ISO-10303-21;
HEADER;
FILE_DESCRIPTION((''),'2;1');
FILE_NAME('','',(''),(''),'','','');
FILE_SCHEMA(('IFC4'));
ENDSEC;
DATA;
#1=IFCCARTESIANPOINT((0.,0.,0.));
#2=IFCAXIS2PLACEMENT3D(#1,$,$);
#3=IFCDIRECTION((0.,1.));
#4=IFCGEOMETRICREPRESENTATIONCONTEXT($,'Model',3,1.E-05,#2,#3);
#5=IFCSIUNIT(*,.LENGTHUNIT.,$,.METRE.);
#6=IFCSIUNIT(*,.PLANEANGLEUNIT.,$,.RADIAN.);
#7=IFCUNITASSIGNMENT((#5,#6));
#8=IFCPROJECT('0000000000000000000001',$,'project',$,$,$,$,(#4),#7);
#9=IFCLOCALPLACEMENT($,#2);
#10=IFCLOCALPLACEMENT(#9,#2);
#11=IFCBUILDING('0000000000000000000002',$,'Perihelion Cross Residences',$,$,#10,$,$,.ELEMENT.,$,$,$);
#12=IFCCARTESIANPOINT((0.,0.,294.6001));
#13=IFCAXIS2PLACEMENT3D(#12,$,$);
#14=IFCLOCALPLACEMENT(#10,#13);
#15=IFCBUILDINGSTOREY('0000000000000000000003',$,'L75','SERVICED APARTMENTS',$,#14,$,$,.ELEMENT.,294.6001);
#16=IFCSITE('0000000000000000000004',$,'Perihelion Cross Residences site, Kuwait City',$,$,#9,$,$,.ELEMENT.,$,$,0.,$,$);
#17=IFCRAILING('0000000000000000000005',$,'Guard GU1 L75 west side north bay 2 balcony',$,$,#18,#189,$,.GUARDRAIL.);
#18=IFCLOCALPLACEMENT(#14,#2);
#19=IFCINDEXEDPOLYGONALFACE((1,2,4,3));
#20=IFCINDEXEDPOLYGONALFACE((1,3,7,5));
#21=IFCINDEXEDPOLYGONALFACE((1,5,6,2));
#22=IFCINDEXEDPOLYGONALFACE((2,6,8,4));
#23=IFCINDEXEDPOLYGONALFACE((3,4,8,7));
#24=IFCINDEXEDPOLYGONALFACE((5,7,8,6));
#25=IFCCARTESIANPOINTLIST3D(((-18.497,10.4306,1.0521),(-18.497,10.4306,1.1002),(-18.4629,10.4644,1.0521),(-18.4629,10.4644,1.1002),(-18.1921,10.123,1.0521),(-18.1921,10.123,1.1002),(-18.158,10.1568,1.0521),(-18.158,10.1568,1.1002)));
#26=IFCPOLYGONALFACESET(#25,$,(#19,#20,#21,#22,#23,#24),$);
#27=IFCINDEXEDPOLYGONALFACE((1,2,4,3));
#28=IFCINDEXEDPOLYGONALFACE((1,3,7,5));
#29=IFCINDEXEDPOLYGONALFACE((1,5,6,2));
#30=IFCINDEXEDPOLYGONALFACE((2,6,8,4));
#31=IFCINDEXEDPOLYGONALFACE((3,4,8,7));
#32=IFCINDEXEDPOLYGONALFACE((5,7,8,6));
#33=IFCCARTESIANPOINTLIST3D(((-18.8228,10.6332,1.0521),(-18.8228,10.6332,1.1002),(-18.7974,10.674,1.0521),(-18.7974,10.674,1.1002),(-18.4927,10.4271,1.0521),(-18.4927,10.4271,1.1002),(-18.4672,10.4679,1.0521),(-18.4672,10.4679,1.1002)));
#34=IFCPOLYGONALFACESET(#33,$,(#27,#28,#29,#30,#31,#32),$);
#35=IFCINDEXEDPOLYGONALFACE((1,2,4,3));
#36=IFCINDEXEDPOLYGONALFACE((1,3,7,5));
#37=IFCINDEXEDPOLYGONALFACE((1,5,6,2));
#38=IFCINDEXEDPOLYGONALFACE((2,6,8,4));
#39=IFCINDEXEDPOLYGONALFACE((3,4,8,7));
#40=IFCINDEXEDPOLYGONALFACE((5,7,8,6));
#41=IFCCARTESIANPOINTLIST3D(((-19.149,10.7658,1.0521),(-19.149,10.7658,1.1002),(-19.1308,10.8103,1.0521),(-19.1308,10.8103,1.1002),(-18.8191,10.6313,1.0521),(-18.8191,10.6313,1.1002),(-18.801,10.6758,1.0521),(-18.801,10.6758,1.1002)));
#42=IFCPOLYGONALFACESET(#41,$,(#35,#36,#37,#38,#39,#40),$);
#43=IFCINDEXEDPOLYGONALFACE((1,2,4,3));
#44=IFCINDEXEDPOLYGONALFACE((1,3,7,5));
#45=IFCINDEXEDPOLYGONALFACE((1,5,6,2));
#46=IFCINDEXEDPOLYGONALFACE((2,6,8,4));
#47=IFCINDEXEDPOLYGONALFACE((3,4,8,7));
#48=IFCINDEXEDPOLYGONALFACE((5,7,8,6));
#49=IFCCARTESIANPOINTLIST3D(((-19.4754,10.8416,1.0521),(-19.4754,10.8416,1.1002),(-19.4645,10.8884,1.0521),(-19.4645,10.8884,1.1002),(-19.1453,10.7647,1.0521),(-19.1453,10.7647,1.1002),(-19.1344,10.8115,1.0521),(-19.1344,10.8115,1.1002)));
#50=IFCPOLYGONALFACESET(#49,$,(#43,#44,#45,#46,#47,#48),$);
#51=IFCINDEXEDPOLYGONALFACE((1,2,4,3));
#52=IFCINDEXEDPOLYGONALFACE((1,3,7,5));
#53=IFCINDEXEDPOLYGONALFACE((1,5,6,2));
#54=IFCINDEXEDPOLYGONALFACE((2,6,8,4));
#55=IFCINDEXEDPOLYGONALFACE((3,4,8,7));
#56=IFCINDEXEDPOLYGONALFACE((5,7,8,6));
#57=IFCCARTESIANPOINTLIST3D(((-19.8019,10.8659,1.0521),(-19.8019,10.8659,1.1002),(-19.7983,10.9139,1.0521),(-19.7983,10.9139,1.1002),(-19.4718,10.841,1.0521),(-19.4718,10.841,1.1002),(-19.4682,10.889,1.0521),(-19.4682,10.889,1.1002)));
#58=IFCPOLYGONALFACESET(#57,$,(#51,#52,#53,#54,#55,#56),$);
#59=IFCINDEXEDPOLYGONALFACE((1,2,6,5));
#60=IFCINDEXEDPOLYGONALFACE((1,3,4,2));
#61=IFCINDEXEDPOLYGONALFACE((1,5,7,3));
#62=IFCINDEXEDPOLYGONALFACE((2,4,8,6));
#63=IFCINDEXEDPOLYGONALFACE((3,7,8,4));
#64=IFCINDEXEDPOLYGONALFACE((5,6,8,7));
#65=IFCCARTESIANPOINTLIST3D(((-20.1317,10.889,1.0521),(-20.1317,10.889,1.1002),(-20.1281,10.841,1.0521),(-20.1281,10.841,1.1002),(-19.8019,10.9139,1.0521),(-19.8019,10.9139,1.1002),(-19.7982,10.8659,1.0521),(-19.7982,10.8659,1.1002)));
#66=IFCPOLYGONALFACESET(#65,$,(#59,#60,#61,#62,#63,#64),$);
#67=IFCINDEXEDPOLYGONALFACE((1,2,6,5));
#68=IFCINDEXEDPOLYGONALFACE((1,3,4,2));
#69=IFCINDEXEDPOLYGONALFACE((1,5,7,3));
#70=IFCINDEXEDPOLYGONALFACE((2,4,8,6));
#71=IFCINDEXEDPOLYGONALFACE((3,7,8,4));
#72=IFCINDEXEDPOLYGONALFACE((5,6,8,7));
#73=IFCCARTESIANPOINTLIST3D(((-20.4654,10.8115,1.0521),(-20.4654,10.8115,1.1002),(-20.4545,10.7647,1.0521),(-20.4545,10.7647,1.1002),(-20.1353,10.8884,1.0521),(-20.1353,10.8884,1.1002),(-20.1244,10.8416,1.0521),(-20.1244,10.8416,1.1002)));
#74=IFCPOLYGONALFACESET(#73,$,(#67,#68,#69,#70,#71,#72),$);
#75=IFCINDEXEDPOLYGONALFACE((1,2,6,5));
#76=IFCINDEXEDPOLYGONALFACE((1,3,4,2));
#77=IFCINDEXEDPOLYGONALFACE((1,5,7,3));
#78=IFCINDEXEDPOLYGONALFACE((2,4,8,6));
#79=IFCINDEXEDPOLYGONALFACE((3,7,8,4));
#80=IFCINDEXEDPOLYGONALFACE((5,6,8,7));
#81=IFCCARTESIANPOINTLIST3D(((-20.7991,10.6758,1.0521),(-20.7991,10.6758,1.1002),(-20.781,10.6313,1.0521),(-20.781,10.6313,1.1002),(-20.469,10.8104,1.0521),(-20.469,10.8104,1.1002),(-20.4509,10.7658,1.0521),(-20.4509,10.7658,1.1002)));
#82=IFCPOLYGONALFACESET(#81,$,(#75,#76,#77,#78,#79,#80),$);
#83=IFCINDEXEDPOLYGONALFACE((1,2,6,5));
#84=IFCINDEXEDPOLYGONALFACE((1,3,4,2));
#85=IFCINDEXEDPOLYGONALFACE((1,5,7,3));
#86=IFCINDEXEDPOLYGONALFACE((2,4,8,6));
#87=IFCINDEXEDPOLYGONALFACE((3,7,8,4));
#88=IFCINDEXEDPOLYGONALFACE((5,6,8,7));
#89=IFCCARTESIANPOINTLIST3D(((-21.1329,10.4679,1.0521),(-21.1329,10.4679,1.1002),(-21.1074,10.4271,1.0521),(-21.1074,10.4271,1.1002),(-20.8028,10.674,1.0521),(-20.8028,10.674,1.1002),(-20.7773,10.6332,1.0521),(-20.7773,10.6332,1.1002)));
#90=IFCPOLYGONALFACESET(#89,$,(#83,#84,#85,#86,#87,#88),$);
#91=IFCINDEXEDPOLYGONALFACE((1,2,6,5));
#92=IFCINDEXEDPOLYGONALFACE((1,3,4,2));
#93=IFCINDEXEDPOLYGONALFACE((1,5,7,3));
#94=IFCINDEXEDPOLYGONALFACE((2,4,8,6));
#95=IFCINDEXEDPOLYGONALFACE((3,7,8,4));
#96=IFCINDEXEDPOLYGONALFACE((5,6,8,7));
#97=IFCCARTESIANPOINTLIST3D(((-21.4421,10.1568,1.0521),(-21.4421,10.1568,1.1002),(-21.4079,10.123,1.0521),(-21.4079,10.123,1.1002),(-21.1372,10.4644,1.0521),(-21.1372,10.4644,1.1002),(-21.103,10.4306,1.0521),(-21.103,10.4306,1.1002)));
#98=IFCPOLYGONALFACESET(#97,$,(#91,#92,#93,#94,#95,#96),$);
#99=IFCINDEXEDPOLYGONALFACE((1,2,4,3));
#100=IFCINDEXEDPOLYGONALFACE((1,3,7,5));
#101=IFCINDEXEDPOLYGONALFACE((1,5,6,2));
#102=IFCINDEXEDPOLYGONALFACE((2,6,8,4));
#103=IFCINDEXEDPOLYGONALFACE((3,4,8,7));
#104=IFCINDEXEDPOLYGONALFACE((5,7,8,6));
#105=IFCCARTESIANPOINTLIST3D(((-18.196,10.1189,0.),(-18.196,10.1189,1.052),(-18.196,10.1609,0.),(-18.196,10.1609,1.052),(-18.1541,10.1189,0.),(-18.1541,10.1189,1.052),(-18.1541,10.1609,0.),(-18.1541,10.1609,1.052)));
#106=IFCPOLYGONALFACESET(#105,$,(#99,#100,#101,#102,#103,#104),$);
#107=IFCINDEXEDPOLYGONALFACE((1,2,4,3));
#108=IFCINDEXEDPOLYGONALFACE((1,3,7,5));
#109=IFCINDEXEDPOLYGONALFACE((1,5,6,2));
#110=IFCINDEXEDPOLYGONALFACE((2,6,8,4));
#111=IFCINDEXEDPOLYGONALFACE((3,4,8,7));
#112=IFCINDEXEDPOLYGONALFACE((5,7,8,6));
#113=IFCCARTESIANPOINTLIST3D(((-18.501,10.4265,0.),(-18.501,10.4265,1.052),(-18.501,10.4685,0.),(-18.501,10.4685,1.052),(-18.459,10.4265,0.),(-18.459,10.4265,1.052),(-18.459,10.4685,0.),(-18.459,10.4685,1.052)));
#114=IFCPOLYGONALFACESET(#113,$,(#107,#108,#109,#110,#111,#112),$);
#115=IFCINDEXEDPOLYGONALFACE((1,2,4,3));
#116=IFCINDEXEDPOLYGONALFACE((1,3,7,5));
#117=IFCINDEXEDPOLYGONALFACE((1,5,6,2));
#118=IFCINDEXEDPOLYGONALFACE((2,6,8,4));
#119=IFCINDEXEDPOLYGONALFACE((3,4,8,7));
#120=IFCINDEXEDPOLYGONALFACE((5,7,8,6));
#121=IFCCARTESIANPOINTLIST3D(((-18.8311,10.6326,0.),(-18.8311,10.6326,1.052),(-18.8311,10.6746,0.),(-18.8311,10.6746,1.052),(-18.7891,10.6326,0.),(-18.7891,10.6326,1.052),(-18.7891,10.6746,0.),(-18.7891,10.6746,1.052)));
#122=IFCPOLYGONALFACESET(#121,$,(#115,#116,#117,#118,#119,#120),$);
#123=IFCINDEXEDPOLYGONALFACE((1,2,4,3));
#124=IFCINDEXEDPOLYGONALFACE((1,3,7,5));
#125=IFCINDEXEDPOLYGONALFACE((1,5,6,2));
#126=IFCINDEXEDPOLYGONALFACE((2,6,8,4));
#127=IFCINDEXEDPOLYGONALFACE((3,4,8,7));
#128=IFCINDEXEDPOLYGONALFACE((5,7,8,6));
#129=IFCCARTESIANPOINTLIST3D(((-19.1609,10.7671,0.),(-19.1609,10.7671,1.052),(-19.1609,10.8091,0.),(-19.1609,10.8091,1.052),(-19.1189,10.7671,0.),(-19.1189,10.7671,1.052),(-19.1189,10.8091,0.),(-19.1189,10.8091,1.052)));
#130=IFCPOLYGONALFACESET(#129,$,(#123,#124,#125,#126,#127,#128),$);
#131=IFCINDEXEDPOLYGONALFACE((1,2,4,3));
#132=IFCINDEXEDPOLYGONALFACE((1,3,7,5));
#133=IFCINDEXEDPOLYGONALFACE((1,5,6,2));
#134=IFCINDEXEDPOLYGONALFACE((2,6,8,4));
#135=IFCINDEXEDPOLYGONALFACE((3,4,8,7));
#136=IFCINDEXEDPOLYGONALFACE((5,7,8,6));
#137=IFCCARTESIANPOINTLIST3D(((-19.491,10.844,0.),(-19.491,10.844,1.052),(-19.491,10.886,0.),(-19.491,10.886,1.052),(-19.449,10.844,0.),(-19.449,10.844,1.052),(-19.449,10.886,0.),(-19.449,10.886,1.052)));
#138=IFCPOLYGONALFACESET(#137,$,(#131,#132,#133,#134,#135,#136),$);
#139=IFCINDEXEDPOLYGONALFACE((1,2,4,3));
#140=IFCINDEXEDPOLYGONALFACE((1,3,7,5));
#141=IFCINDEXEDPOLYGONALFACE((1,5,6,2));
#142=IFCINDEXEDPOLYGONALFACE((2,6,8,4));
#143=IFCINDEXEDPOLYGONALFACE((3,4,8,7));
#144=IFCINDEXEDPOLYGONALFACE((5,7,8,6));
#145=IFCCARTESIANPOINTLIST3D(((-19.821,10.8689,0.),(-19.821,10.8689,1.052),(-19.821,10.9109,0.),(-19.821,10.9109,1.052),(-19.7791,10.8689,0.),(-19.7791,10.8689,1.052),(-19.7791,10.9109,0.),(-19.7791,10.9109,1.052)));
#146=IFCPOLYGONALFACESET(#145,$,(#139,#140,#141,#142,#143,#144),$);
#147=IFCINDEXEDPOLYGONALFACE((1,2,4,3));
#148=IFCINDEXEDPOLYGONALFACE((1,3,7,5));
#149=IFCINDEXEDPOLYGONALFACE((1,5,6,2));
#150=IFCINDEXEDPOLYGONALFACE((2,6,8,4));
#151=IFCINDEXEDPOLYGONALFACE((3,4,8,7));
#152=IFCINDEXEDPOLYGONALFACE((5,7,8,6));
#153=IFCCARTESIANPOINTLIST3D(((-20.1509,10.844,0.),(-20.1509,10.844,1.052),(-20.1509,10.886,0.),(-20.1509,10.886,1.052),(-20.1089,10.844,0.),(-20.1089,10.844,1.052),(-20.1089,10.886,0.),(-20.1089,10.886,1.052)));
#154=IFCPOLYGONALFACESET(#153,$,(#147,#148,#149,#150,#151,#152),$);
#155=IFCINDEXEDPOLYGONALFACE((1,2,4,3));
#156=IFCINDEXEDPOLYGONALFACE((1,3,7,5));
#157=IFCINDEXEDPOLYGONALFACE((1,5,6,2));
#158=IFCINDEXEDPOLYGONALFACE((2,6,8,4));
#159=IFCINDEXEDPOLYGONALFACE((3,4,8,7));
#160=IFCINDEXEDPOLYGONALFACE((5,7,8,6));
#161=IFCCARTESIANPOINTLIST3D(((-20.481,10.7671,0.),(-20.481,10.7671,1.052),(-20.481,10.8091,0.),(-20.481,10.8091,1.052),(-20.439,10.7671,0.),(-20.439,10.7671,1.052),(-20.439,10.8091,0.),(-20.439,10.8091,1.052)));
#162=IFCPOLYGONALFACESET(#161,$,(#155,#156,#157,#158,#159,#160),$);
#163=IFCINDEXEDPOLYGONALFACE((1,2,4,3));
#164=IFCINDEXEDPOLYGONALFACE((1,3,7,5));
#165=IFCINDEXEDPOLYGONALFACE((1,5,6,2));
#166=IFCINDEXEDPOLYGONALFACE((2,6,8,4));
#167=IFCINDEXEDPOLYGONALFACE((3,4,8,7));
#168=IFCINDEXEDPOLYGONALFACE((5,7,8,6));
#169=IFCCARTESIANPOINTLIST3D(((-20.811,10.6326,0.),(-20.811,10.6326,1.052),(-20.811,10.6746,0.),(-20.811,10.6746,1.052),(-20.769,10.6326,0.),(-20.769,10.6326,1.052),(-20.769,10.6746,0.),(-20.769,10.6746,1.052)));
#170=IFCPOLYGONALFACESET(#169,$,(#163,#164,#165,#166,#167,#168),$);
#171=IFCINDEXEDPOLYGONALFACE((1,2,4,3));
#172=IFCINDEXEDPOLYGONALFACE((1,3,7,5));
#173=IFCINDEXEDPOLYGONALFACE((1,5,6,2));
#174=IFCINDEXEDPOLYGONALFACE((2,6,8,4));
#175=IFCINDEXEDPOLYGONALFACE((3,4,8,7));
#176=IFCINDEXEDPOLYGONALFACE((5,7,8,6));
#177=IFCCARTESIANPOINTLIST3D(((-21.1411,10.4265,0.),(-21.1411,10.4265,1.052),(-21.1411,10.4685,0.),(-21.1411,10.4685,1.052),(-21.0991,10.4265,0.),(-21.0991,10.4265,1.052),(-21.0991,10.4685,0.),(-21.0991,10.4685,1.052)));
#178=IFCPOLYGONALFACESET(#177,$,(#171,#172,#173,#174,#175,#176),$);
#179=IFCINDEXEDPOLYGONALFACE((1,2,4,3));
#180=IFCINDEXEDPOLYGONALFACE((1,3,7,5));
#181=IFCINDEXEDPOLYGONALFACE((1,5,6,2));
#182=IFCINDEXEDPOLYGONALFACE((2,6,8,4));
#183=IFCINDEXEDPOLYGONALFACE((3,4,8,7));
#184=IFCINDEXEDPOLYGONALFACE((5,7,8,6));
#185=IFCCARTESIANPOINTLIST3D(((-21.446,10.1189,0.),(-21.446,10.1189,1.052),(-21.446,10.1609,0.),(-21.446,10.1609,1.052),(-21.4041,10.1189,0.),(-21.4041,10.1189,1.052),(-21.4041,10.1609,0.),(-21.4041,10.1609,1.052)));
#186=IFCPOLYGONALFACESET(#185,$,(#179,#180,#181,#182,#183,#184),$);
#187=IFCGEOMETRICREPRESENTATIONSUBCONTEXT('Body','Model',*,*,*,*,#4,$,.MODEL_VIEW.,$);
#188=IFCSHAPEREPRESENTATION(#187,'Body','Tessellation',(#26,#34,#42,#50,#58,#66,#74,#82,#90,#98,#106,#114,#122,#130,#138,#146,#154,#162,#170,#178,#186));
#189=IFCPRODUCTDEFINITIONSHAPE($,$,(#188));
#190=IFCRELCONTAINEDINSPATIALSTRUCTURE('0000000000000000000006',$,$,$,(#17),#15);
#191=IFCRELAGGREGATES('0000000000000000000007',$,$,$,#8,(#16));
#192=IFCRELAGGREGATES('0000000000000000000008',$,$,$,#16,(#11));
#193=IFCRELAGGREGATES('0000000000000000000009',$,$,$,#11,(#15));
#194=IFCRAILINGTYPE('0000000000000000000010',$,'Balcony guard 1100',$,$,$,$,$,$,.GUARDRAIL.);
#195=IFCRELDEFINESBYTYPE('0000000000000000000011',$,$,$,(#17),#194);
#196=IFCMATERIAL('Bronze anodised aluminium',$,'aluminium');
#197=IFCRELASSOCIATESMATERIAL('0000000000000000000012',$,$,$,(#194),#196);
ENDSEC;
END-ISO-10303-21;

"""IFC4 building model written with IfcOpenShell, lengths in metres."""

from ifc_helpers import new_model, si_unit, direction, frame, origin, origin_2d, place, context, subcontext, project, spatial, rectangle, extrude, material, type_object, element, save


model = new_model("IFC4")

# Units and contexts
model_context = context("Model", 3, precision=1e-05, world=origin(), true_north=direction((0.0, 1.0)))
body_context = subcontext(model_context, "Body", "Model", "MODEL_VIEW")
ifc_project = project(units=[si_unit("LENGTHUNIT", "METRE"), si_unit("PLANEANGLEUNIT", "RADIAN")], contexts=[model_context])

# Site, building, storey
site_placement = place(None, origin())
site = spatial("IfcSite", under=ifc_project, at=site_placement, Name="Perihelion Cross Residences site, Kuwait City", CompositionType="ELEMENT", RefElevation=0.0)
building_placement = place(site_placement, origin())
building = spatial("IfcBuilding", under=site, at=building_placement, Name="Perihelion Cross Residences", CompositionType="ELEMENT")
storey_placement = place(building_placement, frame((0.0, 0.0, 294.6001)))
storey = spatial("IfcBuildingStorey", under=building, at=storey_placement, Name="L75", Description="SERVICED APARTMENTS", CompositionType="ELEMENT", Elevation=294.6001)

# Railing
ifc_material_1 = material(Name="Bronze anodised aluminium", Category="aluminium")
railing_type = type_object("IfcRailingType", Name="Balcony guard 1100", PredefinedType="GUARDRAIL", material=ifc_material_1)
railing_placement = place(storey_placement, frame((-18.175, 10.1399, 0.0)))
element("IfcRailing", 1, at=railing_placement, inside=storey, type_object=railing_type, Name="Guard GU1 L75 west side north bay 2 balcony", PredefinedType="GUARDRAIL", context=body_context, shape_type="SweptSolid", body=[
    extrude(rectangle(XDim=0.0481, YDim=0.0481, at=origin_2d()), frame((0.0, 0.0, 1.0762), z_axis=(-0.704, 0.7102, 0.0), x_axis=(-0.7102, -0.704, 0.0)), (0.0, 0.0, 1.0), 0.4331),
    extrude(rectangle(XDim=0.0481, YDim=0.0481, at=origin_2d()), frame((-0.3049, 0.3076, 1.0762), z_axis=(-0.84828, 0.529548, 0.0), x_axis=(-0.529548, -0.84828, 0.0)), (0.0, 0.0, 1.0), 0.3892),
    extrude(rectangle(XDim=0.0481, YDim=0.0481, at=origin_2d()), frame((-0.635, 0.5137, 1.0762), z_axis=(-0.92595, 0.377645, 0.0), x_axis=(-0.377645, -0.92595, 0.0)), (0.0, 0.0, 1.0), 0.3562),
    extrude(rectangle(XDim=0.0481, YDim=0.0481, at=origin_2d()), frame((-0.9648, 0.6482, 1.0762), z_axis=(-0.973916, 0.226911, 0.0), x_axis=(-0.226911, -0.973916, 0.0)), (0.0, 0.0, 1.0), 0.3389),
    extrude(rectangle(XDim=0.0481, YDim=0.0481, at=origin_2d()), frame((-1.2949, 0.7251, 1.0762), z_axis=(-0.997166, 0.07523, 0.0), x_axis=(-0.07523, -0.997166, 0.0)), (0.0, 0.0, 1.0), 0.3311),
    extrude(rectangle(XDim=0.0481, YDim=0.0481, at=origin_2d()), frame((-1.625, 0.75, 1.0762), z_axis=(-0.997162, -0.075285, 0.0), x_axis=(0.075285, -0.997162, 0.0)), (0.0, 0.0, 1.0), 0.3308),
    extrude(rectangle(XDim=0.0481, YDim=0.0481, at=origin_2d()), frame((-1.9548, 0.7251, 1.0762), z_axis=(-0.973916, -0.226911, 0.0), x_axis=(0.226911, -0.973916, 0.0)), (0.0, 0.0, 1.0), 0.3389),
    extrude(rectangle(XDim=0.0481, YDim=0.0481, at=origin_2d()), frame((-2.2849, 0.6482, 1.0762), z_axis=(-0.926048, -0.377406, 0.0), x_axis=(0.377406, -0.926048, 0.0)), (0.0, 0.0, 1.0), 0.3564),
    extrude(rectangle(XDim=0.0481, YDim=0.0481, at=origin_2d()), frame((-2.615, 0.5137, 1.0762), z_axis=(-0.84828, -0.529548, 0.0), x_axis=(0.529548, -0.84828, 0.0)), (0.0, 0.0, 1.0), 0.3892),
    extrude(rectangle(XDim=0.0481, YDim=0.0481, at=origin_2d()), frame((-2.9451, 0.3076, 1.0762), z_axis=(-0.704, -0.7102, 0.0), x_axis=(0.7102, -0.704, 0.0)), (0.0, 0.0, 1.0), 0.4331),
    extrude(rectangle(XDim=0.042, YDim=0.042, at=origin_2d()), origin(), (0.0, 0.0, 1.0), 1.052),
    extrude(rectangle(XDim=0.042, YDim=0.042, at=origin_2d()), frame((-0.3049, 0.3076, 0.0)), (0.0, 0.0, 1.0), 1.052),
    extrude(rectangle(XDim=0.042, YDim=0.042, at=origin_2d()), frame((-0.635, 0.5137, 0.0)), (0.0, 0.0, 1.0), 1.052),
    extrude(rectangle(XDim=0.042, YDim=0.042, at=origin_2d()), frame((-0.9648, 0.6482, 0.0)), (0.0, 0.0, 1.0), 1.052),
    extrude(rectangle(XDim=0.042, YDim=0.042, at=origin_2d()), frame((-1.2949, 0.7251, 0.0)), (0.0, 0.0, 1.0), 1.052),
    extrude(rectangle(XDim=0.042, YDim=0.042, at=origin_2d()), frame((-1.625, 0.75, 0.0)), (0.0, 0.0, 1.0), 1.052),
    extrude(rectangle(XDim=0.042, YDim=0.042, at=origin_2d()), frame((-1.9548, 0.7251, 0.0)), (0.0, 0.0, 1.0), 1.052),
    extrude(rectangle(XDim=0.042, YDim=0.042, at=origin_2d()), frame((-2.2849, 0.6482, 0.0)), (0.0, 0.0, 1.0), 1.052),
    extrude(rectangle(XDim=0.042, YDim=0.042, at=origin_2d()), frame((-2.615, 0.5137, 0.0)), (0.0, 0.0, 1.0), 1.052),
    extrude(rectangle(XDim=0.042, YDim=0.042, at=origin_2d()), frame((-2.9451, 0.3076, 0.0)), (0.0, 0.0, 1.0), 1.052),
    extrude(rectangle(XDim=0.042, YDim=0.042, at=origin_2d()), frame((-3.25, 0.0, 0.0)), (0.0, 0.0, 1.0), 1.052),
])

save(model, "model.ifc")
